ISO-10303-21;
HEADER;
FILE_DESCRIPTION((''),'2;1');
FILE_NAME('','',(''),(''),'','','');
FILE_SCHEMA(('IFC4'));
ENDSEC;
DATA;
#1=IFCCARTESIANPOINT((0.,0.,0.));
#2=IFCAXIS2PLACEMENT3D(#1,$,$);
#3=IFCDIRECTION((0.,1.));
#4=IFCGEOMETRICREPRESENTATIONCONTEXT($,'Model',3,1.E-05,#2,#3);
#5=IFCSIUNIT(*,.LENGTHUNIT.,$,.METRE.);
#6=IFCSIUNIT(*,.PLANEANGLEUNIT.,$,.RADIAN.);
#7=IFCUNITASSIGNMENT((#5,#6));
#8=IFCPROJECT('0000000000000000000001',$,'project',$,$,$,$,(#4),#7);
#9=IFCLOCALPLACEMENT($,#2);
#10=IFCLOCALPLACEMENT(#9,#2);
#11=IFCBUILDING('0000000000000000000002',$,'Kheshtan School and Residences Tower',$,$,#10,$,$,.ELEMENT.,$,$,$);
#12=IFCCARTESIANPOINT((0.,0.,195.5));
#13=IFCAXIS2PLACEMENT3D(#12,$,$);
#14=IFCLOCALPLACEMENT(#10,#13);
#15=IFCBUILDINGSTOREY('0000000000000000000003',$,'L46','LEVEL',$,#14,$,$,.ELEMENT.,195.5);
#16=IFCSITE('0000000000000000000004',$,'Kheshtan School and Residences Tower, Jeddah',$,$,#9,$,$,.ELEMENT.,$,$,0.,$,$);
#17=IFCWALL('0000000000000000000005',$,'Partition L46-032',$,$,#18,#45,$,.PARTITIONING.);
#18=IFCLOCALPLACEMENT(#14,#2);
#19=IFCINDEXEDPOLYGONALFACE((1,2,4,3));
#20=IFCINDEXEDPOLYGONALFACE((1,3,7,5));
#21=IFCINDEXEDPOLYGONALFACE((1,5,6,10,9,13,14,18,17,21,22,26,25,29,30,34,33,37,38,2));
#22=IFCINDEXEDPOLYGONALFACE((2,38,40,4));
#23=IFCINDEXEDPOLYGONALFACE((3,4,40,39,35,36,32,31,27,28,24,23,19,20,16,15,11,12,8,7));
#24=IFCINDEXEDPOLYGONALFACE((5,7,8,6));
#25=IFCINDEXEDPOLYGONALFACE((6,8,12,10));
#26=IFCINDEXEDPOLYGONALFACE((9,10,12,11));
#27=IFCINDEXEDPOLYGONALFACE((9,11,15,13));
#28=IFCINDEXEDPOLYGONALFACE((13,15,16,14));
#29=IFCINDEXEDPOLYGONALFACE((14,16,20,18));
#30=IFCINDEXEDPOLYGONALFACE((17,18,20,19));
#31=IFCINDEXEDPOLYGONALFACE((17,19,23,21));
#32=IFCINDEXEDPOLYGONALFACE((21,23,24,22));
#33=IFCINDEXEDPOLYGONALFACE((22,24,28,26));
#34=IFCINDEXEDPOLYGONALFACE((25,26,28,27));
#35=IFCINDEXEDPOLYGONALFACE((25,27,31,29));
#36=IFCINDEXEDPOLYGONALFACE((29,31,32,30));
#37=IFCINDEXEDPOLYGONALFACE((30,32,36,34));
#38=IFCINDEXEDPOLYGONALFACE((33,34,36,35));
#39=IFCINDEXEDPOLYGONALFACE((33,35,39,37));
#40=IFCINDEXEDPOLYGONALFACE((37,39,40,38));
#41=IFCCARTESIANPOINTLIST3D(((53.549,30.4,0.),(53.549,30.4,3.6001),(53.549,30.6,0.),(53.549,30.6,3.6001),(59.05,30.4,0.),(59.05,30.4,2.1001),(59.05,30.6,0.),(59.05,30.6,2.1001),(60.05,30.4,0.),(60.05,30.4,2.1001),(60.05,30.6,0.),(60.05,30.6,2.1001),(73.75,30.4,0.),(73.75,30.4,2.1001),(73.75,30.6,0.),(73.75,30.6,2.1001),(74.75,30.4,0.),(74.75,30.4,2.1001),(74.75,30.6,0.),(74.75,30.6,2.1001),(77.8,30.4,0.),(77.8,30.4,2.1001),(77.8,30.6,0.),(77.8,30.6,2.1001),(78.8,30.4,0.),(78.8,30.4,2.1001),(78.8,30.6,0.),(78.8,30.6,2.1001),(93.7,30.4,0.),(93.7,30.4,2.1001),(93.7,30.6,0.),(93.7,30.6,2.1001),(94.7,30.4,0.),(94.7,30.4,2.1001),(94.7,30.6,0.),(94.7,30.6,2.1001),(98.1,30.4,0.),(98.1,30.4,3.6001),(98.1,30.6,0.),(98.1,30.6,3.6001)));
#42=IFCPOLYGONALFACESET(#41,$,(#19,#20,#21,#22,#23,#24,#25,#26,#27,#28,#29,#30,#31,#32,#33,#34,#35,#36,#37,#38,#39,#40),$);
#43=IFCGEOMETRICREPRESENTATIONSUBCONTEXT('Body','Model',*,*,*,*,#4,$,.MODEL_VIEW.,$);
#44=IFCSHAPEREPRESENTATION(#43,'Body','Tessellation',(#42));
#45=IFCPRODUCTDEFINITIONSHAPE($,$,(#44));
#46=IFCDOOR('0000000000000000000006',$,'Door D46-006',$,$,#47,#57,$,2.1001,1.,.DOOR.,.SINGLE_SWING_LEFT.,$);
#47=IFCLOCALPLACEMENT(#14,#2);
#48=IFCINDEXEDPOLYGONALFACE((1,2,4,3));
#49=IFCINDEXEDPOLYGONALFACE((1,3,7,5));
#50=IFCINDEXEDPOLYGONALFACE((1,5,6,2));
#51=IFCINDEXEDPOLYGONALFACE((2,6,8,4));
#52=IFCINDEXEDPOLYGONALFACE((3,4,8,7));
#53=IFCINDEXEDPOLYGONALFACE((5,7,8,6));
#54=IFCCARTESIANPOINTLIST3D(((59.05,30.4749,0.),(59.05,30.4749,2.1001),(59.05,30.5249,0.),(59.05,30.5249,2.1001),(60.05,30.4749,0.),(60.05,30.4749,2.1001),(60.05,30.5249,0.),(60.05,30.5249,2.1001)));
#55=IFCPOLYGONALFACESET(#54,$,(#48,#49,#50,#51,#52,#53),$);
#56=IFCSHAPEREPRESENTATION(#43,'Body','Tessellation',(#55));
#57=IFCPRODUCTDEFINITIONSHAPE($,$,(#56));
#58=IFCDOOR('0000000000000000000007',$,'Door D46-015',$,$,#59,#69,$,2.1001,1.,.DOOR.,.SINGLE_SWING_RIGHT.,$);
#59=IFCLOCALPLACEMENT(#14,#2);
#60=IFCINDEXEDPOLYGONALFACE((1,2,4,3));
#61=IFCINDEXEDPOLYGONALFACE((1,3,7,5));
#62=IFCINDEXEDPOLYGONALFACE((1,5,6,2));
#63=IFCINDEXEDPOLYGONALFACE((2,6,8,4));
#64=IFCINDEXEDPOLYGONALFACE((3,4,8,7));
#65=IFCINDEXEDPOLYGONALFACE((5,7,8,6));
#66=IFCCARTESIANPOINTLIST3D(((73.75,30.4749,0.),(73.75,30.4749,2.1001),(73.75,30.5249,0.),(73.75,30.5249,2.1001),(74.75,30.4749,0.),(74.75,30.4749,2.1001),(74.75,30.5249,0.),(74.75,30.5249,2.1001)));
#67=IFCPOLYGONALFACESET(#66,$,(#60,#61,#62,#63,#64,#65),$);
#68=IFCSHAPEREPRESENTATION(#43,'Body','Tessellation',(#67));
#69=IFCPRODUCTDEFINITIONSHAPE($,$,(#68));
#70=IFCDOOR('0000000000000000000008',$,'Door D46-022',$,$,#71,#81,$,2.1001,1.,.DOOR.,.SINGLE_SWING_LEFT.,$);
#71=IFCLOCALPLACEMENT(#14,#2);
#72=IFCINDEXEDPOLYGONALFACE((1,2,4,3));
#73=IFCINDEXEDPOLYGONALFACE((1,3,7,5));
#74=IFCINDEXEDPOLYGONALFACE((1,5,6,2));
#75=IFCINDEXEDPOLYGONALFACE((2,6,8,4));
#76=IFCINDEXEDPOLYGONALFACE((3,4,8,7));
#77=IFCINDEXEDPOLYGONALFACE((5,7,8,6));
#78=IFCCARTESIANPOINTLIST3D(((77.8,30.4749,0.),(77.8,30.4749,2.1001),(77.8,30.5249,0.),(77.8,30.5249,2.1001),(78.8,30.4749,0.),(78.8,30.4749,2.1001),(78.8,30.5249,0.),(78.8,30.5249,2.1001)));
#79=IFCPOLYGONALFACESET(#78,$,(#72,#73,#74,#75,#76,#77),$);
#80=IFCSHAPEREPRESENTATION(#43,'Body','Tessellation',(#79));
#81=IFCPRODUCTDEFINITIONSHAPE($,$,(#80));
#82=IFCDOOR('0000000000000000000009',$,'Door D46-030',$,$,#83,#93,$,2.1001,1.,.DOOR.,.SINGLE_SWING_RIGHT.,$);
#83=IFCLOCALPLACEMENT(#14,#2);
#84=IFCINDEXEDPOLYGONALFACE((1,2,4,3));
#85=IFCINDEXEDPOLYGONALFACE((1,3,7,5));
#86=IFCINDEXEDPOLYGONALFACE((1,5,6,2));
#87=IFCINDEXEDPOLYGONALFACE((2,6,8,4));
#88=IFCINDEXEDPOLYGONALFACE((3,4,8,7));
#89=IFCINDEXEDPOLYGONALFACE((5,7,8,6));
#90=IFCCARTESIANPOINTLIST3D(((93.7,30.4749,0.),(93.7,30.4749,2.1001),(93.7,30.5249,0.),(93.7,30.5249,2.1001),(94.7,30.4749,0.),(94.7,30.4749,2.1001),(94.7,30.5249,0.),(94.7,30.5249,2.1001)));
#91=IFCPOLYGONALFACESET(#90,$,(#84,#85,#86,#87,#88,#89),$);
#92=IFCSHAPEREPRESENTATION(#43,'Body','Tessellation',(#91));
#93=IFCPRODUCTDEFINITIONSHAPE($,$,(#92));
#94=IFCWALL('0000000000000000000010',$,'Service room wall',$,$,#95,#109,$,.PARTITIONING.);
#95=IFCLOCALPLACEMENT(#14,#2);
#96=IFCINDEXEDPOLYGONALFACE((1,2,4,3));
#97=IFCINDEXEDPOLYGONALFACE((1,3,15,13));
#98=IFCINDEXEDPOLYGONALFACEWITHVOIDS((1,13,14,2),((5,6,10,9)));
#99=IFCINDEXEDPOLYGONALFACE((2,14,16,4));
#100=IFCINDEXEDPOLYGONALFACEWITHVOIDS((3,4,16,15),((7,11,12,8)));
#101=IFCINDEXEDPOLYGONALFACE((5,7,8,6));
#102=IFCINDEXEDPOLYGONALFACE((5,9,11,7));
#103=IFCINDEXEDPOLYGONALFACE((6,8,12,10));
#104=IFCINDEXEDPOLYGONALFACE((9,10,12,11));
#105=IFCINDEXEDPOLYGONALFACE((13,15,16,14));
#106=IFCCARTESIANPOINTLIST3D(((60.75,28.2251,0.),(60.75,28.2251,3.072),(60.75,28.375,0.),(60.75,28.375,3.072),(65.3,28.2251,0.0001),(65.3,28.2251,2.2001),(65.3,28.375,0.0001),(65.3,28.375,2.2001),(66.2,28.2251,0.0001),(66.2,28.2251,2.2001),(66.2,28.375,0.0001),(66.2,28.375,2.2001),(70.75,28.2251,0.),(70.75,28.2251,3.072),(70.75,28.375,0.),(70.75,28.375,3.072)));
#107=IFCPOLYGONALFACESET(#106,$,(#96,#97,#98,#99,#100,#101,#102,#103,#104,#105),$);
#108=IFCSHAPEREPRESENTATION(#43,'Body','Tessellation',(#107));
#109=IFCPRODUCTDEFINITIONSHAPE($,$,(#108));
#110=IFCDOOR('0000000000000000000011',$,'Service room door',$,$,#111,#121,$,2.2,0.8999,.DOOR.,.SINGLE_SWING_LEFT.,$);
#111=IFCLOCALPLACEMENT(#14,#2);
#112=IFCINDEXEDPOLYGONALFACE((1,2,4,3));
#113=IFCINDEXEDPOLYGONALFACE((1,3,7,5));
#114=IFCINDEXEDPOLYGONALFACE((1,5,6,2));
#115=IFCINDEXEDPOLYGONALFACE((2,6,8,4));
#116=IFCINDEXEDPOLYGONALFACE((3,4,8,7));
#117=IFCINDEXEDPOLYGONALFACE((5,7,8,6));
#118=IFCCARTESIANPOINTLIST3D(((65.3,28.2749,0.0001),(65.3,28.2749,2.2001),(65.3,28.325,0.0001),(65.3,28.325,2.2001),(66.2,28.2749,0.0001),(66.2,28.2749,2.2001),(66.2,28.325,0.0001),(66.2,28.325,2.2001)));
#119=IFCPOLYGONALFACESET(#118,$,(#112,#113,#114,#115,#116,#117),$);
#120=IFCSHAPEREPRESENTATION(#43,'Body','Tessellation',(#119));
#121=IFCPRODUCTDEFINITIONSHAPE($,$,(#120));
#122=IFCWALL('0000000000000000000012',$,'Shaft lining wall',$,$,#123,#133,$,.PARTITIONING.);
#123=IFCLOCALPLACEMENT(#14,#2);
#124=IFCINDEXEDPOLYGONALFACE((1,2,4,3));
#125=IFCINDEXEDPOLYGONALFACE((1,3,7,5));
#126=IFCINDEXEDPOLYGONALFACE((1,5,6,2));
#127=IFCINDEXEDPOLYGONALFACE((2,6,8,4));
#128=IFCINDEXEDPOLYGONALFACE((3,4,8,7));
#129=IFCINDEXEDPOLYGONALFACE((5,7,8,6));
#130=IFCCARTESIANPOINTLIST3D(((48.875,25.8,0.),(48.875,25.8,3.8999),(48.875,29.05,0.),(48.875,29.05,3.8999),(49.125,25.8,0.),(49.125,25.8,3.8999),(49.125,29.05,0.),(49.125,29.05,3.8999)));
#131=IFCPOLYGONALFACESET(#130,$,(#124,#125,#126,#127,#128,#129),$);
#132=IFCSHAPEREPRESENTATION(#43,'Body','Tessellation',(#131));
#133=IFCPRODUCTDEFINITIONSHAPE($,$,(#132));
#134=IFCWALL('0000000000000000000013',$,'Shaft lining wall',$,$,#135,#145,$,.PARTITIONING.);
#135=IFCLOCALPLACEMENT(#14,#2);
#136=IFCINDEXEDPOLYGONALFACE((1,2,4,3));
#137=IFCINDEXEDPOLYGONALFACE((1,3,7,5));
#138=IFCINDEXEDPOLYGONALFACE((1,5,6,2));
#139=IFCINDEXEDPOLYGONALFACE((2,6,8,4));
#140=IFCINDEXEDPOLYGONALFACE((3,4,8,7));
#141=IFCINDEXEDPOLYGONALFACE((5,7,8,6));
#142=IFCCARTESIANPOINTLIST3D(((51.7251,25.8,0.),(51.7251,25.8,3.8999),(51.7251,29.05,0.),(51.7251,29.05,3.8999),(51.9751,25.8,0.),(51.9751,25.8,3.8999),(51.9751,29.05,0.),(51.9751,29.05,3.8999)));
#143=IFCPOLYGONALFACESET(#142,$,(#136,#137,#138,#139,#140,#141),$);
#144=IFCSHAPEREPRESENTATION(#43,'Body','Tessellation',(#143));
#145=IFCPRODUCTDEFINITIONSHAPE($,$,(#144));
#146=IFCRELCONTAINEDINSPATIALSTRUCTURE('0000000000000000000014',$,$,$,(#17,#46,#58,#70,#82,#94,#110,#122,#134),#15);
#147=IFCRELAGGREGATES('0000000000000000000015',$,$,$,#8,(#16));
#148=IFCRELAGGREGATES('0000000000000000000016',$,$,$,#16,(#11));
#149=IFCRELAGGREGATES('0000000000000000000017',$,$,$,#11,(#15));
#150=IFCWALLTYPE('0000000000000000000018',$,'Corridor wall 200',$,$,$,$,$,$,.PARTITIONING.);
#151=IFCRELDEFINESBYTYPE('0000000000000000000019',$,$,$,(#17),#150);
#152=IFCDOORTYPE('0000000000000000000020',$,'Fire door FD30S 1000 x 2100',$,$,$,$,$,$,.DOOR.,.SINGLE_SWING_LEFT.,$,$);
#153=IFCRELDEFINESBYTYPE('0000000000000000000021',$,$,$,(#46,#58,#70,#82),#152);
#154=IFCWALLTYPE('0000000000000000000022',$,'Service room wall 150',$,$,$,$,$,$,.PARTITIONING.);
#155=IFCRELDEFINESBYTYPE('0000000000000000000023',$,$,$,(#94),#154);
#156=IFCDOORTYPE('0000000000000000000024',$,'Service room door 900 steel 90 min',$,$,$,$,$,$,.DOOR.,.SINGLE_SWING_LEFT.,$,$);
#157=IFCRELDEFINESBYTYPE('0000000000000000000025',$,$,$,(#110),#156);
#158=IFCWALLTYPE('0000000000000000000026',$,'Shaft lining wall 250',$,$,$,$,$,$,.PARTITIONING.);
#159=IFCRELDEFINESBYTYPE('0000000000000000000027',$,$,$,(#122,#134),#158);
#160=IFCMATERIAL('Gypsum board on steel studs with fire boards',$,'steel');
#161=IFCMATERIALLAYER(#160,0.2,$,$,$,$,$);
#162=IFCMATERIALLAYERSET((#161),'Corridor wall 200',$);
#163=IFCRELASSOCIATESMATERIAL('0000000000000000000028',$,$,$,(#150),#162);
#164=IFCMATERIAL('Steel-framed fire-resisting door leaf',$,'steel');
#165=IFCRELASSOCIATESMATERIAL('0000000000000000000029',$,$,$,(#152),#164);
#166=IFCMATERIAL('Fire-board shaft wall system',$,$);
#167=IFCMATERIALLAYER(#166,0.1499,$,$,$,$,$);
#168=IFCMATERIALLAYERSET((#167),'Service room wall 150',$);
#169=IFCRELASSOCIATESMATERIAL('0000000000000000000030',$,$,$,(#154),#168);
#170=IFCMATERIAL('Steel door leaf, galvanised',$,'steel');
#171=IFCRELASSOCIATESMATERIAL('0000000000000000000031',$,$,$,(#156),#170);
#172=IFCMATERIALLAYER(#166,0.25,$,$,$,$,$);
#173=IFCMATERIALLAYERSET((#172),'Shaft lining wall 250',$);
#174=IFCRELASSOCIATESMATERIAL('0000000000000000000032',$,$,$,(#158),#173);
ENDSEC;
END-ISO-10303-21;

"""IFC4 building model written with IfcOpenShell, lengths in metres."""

from ifc_helpers import new_model, si_unit, direction, frame, frame_2d, origin, place, context, subcontext, project, spatial, rectangle, extrude, source, transform, mapped, material, layer, layer_set, type_object, element, fill, save


model = new_model("IFC4")

# Units and contexts
model_context = context("Model", 3, precision=1e-05, world=origin(), true_north=direction((0.0, 1.0)))
body_context = subcontext(model_context, "Body", "Model", "MODEL_VIEW")
ifc_project = project(units=[si_unit("LENGTHUNIT", "METRE"), si_unit("PLANEANGLEUNIT", "RADIAN")], contexts=[model_context])

# Site, building, storey
site_placement = place(None, origin())
site = spatial("IfcSite", under=ifc_project, at=site_placement, Name="Kheshtan School and Residences Tower, Jeddah", CompositionType="ELEMENT", RefElevation=0.0)
building_placement = place(site_placement, origin())
building = spatial("IfcBuilding", under=site, at=building_placement, Name="Kheshtan School and Residences Tower", CompositionType="ELEMENT")
storey_placement = place(building_placement, frame((0.0, 0.0, 195.5)))
storey = spatial("IfcBuildingStorey", under=building, at=storey_placement, Name="L46", Description="LEVEL", CompositionType="ELEMENT", Elevation=195.5)

# Shared definitions
ifc_material_1 = material(Name="Gypsum board on steel studs with fire boards", Category="steel")
ifc_layer_1 = layer(ifc_material_1, 0.2)
ifc_layer_set_1 = layer_set([ifc_layer_1], Name="Corridor wall 200")
wall_type_1 = type_object("IfcWallType", Name="Corridor wall 200", PredefinedType="PARTITIONING", material=ifc_layer_set_1)
ifc_material_2 = material(Name="Steel-framed fire-resisting door leaf", Category="steel")

# Wall, openings, doors
wall_1_placement = place(storey_placement, frame((53.5491, 30.5, 0.0), z_axis=(0.0, 0.0, 1.0), x_axis=(1.0, 0.0, 0.0)))
wall_1 = element("IfcWall", 1, at=wall_1_placement, inside=storey, type_object=wall_type_1, Name="Partition L46-032", PredefinedType="PARTITIONING", context=body_context, shape_type="SweptSolid", body=[
    extrude(rectangle(XDim=44.551, YDim=0.2, at=frame_2d((22.2754, 0.0))), origin(), (0.0, 0.0, 1.0), 3.6001),
])
opening_1_placement = place(wall_1_placement, frame((5.501, 0.0, 0.0)))
opening_1 = element("IfcOpeningElement", 2, at=opening_1_placement, cuts=wall_1, PredefinedType="OPENING", context=body_context, shape_type="SweptSolid", body=[
    extrude(rectangle(XDim=1.0, YDim=2.1001, at=frame_2d((0.5, 1.05))), frame((0.0, 0.1099, 0.0), z_axis=(0.0, -1.0, 0.0), x_axis=(1.0, 0.0, 0.0)), (0.0, 0.0, 1.0), 0.22),
])
opening_2_placement = place(wall_1_placement, frame((20.2009, 0.0, 0.0)))
opening_2 = element("IfcOpeningElement", 3, at=opening_2_placement, cuts=wall_1, PredefinedType="OPENING", context=body_context, shape_type="SweptSolid", body=[
    extrude(rectangle(XDim=1.0, YDim=2.1001, at=frame_2d((0.5, 1.05))), frame((0.0, 0.1099, 0.0), z_axis=(0.0, -1.0, 0.0), x_axis=(1.0, 0.0, 0.0)), (0.0, 0.0, 1.0), 0.22),
])
opening_3_placement = place(wall_1_placement, frame((24.251, 0.0, 0.0)))
opening_3 = element("IfcOpeningElement", 4, at=opening_3_placement, cuts=wall_1, PredefinedType="OPENING", context=body_context, shape_type="SweptSolid", body=[
    extrude(rectangle(XDim=1.0, YDim=2.1001, at=frame_2d((0.5, 1.05))), frame((0.0, 0.1099, 0.0), z_axis=(0.0, -1.0, 0.0), x_axis=(1.0, 0.0, 0.0)), (0.0, 0.0, 1.0), 0.22),
])
opening_4_placement = place(wall_1_placement, frame((40.1509, 0.0, 0.0)))
opening_4 = element("IfcOpeningElement", 5, at=opening_4_placement, cuts=wall_1, PredefinedType="OPENING", context=body_context, shape_type="SweptSolid", body=[
    extrude(rectangle(XDim=1.0, YDim=2.1001, at=frame_2d((0.5, 1.05))), frame((0.0, 0.1099, 0.0), z_axis=(0.0, -1.0, 0.0), x_axis=(1.0, 0.0, 0.0)), (0.0, 0.0, 1.0), 0.22),
])
door_type_1 = type_object("IfcDoorType", Name="Fire door FD30S 1000 x 2100", OperationType="SINGLE_SWING_LEFT", PredefinedType="DOOR", material=ifc_material_2)
shared_shape_1 = source(origin(), body_context, "Body", "SweptSolid", [
    extrude(rectangle(XDim=1.0, YDim=2.1001, at=frame_2d((0.5, 1.05))), frame((0.0, 0.0249, 0.0), z_axis=(0.0, -1.0, 0.0), x_axis=(1.0, 0.0, 0.0)), (0.0, 0.0, 1.0), 0.05),
])
door_1_placement = place(opening_1_placement, origin())
door_1 = element("IfcDoor", 6, at=door_1_placement, inside=storey, type_object=door_type_1, Name="Door D46-006", OperationType="SINGLE_SWING_LEFT", OverallHeight=2.1001, OverallWidth=1.0, PredefinedType="DOOR", context=body_context, shape_type="MappedRepresentation", body=[
    mapped(shared_shape_1, transform((0.0, 0.0, 0.0), x_axis=(1.0, 0.0, 0.0), y_axis=(0.0, 1.0, 0.0), z_axis=(0.0, 0.0, 1.0), scale=1.0)),
])
fill(opening_1, door_1)
door_2_placement = place(opening_2_placement, origin())
door_2 = element("IfcDoor", 7, at=door_2_placement, inside=storey, type_object=door_type_1, Name="Door D46-015", OperationType="SINGLE_SWING_RIGHT", OverallHeight=2.1001, OverallWidth=1.0, PredefinedType="DOOR", context=body_context, shape_type="MappedRepresentation", body=[
    mapped(shared_shape_1, transform((0.0, 0.0, 0.0), x_axis=(1.0, 0.0, 0.0), y_axis=(0.0, 1.0, 0.0), z_axis=(0.0, 0.0, 1.0), scale=1.0)),
])
fill(opening_2, door_2)
door_3_placement = place(opening_3_placement, origin())
door_3 = element("IfcDoor", 8, at=door_3_placement, inside=storey, type_object=door_type_1, Name="Door D46-022", OperationType="SINGLE_SWING_LEFT", OverallHeight=2.1001, OverallWidth=1.0, PredefinedType="DOOR", context=body_context, shape_type="MappedRepresentation", body=[
    mapped(shared_shape_1, transform((0.0, 0.0, 0.0), x_axis=(1.0, 0.0, 0.0), y_axis=(0.0, 1.0, 0.0), z_axis=(0.0, 0.0, 1.0), scale=1.0)),
])
fill(opening_3, door_3)
door_4_placement = place(opening_4_placement, origin())
door_4 = element("IfcDoor", 9, at=door_4_placement, inside=storey, type_object=door_type_1, Name="Door D46-030", OperationType="SINGLE_SWING_RIGHT", OverallHeight=2.1001, OverallWidth=1.0, PredefinedType="DOOR", context=body_context, shape_type="MappedRepresentation", body=[
    mapped(shared_shape_1, transform((0.0, 0.0, 0.0), x_axis=(1.0, 0.0, 0.0), y_axis=(0.0, 1.0, 0.0), z_axis=(0.0, 0.0, 1.0), scale=1.0)),
])
fill(opening_4, door_4)

# Wall, opening, door
ifc_material_3 = material(Name="Fire-board shaft wall system")
ifc_layer_2 = layer(ifc_material_3, 0.1499)
ifc_layer_set_2 = layer_set([ifc_layer_2], Name="Service room wall 150")
wall_type_2 = type_object("IfcWallType", Name="Service room wall 150", PredefinedType="PARTITIONING", material=ifc_layer_set_2)
wall_2_placement = place(storey_placement, frame((60.75, 28.3, 0.0), z_axis=(0.0, 0.0, 1.0), x_axis=(1.0, 0.0, 0.0)))
wall_2 = element("IfcWall", 10, at=wall_2_placement, inside=storey, type_object=wall_type_2, Name="Service room wall", PredefinedType="PARTITIONING", context=body_context, shape_type="SweptSolid", body=[
    extrude(rectangle(XDim=10.0, YDim=0.1499, at=frame_2d((5.0, 0.0))), origin(), (0.0, 0.0, 1.0), 3.072),
])
opening_5_placement = place(wall_2_placement, frame((4.55, 0.0, 0.0)))
opening_5 = element("IfcOpeningElement", 11, at=opening_5_placement, cuts=wall_2, PredefinedType="OPENING", context=body_context, shape_type="SweptSolid", body=[
    extrude(rectangle(XDim=0.8999, YDim=2.2, at=frame_2d((0.45, 1.1001))), frame((0.0, 0.085, 0.0), z_axis=(0.0, -1.0, 0.0), x_axis=(1.0, 0.0, 0.0)), (0.0, 0.0, 1.0), 0.1699),
])
ifc_material_4 = material(Name="Steel door leaf, galvanised", Category="steel")
door_type_2 = type_object("IfcDoorType", Name="Service room door 900 steel 90 min", OperationType="SINGLE_SWING_LEFT", PredefinedType="DOOR", material=ifc_material_4)
shared_shape_2 = source(origin(), body_context, "Body", "SweptSolid", [
    extrude(rectangle(XDim=0.8999, YDim=2.2, at=frame_2d((0.45, 1.1001))), frame((0.0, 0.0249, 0.0), z_axis=(0.0, -1.0, 0.0), x_axis=(1.0, 0.0, 0.0)), (0.0, 0.0, 1.0), 0.05),
])
door_5_placement = place(opening_5_placement, origin())
door_5 = element("IfcDoor", 12, at=door_5_placement, inside=storey, type_object=door_type_2, Name="Service room door", OperationType="SINGLE_SWING_LEFT", OverallHeight=2.2, OverallWidth=0.8999, PredefinedType="DOOR", context=body_context, shape_type="MappedRepresentation", body=[
    mapped(shared_shape_2, transform((0.0, 0.0, 0.0), x_axis=(1.0, 0.0, 0.0), y_axis=(0.0, 1.0, 0.0), z_axis=(0.0, 0.0, 1.0), scale=1.0)),
])
fill(opening_5, door_5)

# Walls
ifc_layer_3 = layer(ifc_material_3, 0.25)
ifc_layer_set_3 = layer_set([ifc_layer_3], Name="Shaft lining wall 250")
wall_type_3 = type_object("IfcWallType", Name="Shaft lining wall 250", PredefinedType="PARTITIONING", material=ifc_layer_set_3)
for number, where, z_axis, x_axis, name in (
    (13, (49.0, 25.8, 0.0), (0.0, 0.0, 1.0), (0.0, 1.0, 0.0), "Shaft lining wall"),
    (14, (51.8501, 25.8, 0.0), (0.0, 0.0, 1.0), (0.0, 1.0, 0.0), "Shaft lining wall"),
):
    element("IfcWall", number, at=place(storey_placement, frame(where, z_axis=z_axis, x_axis=x_axis)), inside=storey, type_object=wall_type_3, Name=name, PredefinedType="PARTITIONING", context=body_context, shape_type="SweptSolid", body=[
        extrude(rectangle(XDim=3.25, YDim=0.25, at=frame_2d((1.625, 0.0))), origin(), (0.0, 0.0, 1.0), 3.8999),
    ])

save(model, "model.ifc")
